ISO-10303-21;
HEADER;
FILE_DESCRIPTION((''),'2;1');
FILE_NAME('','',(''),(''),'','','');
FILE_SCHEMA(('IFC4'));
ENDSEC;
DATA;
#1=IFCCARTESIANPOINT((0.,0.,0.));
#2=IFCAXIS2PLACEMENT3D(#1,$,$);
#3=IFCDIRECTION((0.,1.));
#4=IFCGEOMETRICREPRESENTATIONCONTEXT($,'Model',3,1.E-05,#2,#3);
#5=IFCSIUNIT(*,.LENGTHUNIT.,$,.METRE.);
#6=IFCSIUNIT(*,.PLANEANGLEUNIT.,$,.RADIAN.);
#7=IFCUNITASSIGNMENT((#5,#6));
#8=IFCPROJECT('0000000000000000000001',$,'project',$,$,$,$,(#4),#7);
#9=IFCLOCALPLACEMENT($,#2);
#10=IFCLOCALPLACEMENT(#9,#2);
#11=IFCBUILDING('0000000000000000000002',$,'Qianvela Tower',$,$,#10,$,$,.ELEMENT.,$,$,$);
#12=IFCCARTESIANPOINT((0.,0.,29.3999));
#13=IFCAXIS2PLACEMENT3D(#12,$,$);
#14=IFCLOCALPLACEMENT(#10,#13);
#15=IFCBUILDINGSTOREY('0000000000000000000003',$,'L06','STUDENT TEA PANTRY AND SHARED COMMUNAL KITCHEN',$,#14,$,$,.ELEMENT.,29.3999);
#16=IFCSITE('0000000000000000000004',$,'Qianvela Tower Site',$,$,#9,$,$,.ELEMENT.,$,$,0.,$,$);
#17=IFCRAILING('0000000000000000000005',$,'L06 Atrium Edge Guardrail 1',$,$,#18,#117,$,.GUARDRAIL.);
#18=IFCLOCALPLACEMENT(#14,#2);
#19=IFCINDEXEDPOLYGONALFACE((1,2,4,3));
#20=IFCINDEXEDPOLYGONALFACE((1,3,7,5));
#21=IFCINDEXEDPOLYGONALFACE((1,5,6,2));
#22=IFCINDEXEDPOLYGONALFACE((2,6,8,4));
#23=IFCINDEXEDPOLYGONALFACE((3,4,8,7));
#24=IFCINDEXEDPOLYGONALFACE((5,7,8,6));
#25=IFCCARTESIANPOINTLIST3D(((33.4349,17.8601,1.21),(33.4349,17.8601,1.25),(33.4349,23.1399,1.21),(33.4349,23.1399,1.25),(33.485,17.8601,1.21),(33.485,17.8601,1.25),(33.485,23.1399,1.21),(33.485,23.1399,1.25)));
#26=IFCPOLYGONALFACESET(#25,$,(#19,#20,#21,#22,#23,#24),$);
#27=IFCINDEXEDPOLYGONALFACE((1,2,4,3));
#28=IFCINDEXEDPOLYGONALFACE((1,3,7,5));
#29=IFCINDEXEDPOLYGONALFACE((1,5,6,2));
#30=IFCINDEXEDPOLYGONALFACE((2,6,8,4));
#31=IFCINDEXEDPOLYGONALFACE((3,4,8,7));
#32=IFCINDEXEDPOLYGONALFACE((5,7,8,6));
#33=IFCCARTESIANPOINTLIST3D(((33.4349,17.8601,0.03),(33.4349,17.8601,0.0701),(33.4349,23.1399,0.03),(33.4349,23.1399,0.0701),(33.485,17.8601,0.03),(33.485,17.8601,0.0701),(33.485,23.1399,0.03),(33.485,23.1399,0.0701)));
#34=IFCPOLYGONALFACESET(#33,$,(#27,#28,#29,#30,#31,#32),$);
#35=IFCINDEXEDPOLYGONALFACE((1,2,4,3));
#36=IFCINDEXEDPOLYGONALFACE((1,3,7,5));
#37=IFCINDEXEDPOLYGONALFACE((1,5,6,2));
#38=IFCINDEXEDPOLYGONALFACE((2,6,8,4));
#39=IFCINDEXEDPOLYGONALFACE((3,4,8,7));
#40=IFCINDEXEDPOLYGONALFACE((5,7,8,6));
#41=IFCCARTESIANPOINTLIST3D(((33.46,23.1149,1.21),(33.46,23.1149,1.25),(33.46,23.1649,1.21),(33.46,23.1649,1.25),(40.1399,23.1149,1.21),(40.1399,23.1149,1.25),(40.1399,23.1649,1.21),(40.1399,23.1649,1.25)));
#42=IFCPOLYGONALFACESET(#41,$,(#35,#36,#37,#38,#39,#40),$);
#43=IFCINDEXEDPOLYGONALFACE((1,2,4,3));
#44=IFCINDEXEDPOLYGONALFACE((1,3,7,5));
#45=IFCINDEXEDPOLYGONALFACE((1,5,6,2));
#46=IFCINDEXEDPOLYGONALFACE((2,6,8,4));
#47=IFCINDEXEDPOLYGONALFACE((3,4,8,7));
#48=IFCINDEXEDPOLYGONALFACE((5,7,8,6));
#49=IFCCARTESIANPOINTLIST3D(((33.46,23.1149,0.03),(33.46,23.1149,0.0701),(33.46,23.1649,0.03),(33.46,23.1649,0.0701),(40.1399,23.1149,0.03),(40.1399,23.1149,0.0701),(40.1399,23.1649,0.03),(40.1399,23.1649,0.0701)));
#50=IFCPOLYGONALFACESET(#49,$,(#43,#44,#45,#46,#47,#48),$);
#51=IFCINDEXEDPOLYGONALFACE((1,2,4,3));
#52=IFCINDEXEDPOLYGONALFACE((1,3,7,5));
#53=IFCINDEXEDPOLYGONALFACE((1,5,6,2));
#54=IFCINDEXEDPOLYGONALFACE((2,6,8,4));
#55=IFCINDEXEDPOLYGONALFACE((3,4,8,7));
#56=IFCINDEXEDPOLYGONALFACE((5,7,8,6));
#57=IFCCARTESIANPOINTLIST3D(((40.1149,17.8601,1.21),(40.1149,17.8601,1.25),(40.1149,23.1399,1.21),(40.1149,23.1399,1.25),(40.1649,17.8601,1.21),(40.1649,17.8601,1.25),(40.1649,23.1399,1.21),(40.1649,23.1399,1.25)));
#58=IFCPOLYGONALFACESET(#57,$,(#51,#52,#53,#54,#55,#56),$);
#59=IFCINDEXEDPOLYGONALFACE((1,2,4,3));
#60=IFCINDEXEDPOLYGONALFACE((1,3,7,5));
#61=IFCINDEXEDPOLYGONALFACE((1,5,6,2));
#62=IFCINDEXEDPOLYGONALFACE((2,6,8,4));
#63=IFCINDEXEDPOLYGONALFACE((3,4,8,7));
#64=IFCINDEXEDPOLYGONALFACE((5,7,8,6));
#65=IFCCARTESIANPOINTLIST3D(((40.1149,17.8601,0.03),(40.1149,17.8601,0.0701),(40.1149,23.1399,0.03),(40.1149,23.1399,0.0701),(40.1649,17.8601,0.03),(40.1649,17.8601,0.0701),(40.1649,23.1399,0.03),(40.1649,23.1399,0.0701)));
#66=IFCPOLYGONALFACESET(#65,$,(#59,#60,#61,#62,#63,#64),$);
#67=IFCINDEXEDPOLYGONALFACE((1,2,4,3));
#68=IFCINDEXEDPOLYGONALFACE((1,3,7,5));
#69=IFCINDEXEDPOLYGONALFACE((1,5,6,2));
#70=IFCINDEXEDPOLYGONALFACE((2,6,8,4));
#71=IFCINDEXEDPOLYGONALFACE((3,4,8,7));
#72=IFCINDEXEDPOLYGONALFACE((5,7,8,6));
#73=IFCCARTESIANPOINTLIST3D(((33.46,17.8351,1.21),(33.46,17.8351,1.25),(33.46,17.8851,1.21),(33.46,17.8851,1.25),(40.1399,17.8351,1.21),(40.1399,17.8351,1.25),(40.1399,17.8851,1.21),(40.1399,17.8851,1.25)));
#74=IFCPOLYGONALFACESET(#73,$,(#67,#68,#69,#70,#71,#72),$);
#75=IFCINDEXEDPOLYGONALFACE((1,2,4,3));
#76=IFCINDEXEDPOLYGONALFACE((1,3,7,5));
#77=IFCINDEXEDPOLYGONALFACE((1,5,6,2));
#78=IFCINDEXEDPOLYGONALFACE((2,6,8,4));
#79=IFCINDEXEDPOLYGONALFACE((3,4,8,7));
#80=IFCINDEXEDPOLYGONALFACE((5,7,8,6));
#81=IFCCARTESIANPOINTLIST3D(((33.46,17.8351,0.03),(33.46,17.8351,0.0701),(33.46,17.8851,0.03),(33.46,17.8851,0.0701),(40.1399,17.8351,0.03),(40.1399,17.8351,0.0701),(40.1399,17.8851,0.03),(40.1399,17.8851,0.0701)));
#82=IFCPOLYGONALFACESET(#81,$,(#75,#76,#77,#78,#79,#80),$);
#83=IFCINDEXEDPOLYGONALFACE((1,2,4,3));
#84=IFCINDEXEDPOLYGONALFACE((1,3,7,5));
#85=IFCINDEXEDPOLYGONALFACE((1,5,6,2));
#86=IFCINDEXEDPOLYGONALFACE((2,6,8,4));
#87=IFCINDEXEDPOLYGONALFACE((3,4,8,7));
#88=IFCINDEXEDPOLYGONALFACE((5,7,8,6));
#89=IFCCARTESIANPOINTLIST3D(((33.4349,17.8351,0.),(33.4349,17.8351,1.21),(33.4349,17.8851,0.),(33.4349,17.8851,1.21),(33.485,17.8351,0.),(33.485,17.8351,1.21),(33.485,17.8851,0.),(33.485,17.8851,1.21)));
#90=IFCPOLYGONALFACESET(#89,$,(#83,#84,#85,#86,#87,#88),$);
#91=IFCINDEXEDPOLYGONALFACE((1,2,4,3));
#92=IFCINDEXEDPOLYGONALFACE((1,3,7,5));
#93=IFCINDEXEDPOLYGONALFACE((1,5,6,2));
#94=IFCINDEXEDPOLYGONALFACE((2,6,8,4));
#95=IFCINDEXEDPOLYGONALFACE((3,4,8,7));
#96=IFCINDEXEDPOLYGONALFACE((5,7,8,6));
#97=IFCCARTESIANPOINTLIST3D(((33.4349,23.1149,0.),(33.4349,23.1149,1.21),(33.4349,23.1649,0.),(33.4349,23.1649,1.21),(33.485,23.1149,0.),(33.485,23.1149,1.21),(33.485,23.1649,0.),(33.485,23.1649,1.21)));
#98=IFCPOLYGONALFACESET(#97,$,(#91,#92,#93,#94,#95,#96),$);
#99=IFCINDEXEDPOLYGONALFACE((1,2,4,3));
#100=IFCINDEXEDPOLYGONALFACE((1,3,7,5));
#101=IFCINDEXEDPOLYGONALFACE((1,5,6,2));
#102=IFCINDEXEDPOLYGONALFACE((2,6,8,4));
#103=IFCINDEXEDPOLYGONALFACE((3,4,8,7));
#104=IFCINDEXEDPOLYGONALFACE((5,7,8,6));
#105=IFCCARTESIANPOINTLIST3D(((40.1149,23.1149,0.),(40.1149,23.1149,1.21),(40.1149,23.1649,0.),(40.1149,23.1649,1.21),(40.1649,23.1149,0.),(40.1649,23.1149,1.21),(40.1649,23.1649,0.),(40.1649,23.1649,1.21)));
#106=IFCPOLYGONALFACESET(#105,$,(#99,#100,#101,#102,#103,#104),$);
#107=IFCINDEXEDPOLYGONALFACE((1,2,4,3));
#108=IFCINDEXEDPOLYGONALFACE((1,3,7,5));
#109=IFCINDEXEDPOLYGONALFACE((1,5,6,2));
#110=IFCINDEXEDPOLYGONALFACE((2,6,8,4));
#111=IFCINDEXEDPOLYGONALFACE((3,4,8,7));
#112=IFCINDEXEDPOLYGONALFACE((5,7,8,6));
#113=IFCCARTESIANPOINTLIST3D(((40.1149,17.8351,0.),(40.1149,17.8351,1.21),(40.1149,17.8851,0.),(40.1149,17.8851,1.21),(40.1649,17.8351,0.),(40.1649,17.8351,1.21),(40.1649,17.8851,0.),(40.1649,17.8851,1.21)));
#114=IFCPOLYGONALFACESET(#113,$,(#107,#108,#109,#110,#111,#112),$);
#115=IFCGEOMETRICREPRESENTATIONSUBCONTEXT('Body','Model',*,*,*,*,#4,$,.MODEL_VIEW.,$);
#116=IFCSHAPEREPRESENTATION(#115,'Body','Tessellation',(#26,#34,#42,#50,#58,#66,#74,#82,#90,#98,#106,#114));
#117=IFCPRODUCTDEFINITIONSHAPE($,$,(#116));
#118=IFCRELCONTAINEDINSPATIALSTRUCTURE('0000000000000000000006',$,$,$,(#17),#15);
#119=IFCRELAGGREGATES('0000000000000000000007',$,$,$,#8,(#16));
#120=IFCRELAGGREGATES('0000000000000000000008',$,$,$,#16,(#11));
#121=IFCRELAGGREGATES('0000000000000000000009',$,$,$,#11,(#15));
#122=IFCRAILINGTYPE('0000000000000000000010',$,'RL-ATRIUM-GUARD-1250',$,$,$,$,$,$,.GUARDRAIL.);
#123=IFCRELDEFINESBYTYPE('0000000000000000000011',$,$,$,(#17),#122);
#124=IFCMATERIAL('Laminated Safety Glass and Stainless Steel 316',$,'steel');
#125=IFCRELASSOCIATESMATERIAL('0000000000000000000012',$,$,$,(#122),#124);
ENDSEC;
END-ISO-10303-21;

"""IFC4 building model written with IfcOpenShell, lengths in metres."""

from ifc_helpers import new_model, si_unit, direction, frame, origin, origin_2d, place, context, subcontext, project, spatial, rectangle, extrude, material, type_object, element, save


model = new_model("IFC4")

# Units and contexts
model_context = context("Model", 3, precision=1e-05, world=origin(), true_north=direction((0.0, 1.0)))
body_context = subcontext(model_context, "Body", "Model", "MODEL_VIEW")
ifc_project = project(units=[si_unit("LENGTHUNIT", "METRE"), si_unit("PLANEANGLEUNIT", "RADIAN")], contexts=[model_context])

# Site, building, storey
site_placement = place(None, origin())
site = spatial("IfcSite", under=ifc_project, at=site_placement, Name="Qianvela Tower Site", CompositionType="ELEMENT", RefElevation=0.0)
building_placement = place(site_placement, origin())
building = spatial("IfcBuilding", under=site, at=building_placement, Name="Qianvela Tower", CompositionType="ELEMENT")
storey_placement = place(building_placement, frame((0.0, 0.0, 29.3999)))
storey = spatial("IfcBuildingStorey", under=building, at=storey_placement, Name="L06", Description="STUDENT TEA PANTRY AND SHARED COMMUNAL KITCHEN", CompositionType="ELEMENT", Elevation=29.3999)

# Railing
ifc_material_1 = material(Name="Laminated Safety Glass and Stainless Steel 316", Category="steel")
railing_type = type_object("IfcRailingType", Name="RL-ATRIUM-GUARD-1250", PredefinedType="GUARDRAIL", material=ifc_material_1)
railing_placement = place(storey_placement, frame((33.46, 17.8601, 0.0)))
element("IfcRailing", 1, at=railing_placement, inside=storey, type_object=railing_type, Name="L06 Atrium Edge Guardrail 1", PredefinedType="GUARDRAIL", context=body_context, shape_type="SweptSolid", body=[
    extrude(rectangle(XDim=0.05, YDim=0.04, at=origin_2d()), frame((0.0, 0.0, 1.23), z_axis=(0.0, 1.0, 0.0), x_axis=(-1.0, 0.0, 0.0)), (0.0, 0.0, 1.0), 5.2798),
    extrude(rectangle(XDim=0.05, YDim=0.04, at=origin_2d()), frame((0.0, 0.0, 0.05), z_axis=(0.0, 1.0, 0.0), x_axis=(-1.0, 0.0, 0.0)), (0.0, 0.0, 1.0), 5.2798),
    extrude(rectangle(XDim=0.05, YDim=0.04, at=origin_2d()), frame((0.0, 5.2798, 1.23), z_axis=(1.0, 0.0, 0.0), x_axis=(0.0, 1.0, 0.0)), (0.0, 0.0, 1.0), 6.6799),
    extrude(rectangle(XDim=0.05, YDim=0.04, at=origin_2d()), frame((0.0, 5.2798, 0.05), z_axis=(1.0, 0.0, 0.0), x_axis=(0.0, 1.0, 0.0)), (0.0, 0.0, 1.0), 6.6799),
    extrude(rectangle(XDim=0.05, YDim=0.04, at=origin_2d()), frame((6.6799, 5.2798, 1.23), z_axis=(0.0, -1.0, 0.0), x_axis=(1.0, 0.0, 0.0)), (0.0, 0.0, 1.0), 5.2798),
    extrude(rectangle(XDim=0.05, YDim=0.04, at=origin_2d()), frame((6.6799, 5.2798, 0.05), z_axis=(0.0, -1.0, 0.0), x_axis=(1.0, 0.0, 0.0)), (0.0, 0.0, 1.0), 5.2798),
    extrude(rectangle(XDim=0.05, YDim=0.04, at=origin_2d()), frame((6.6799, 0.0, 1.23), z_axis=(-1.0, 0.0, 0.0), x_axis=(0.0, -1.0, 0.0)), (0.0, 0.0, 1.0), 6.6799),
    extrude(rectangle(XDim=0.05, YDim=0.04, at=origin_2d()), frame((6.6799, 0.0, 0.05), z_axis=(-1.0, 0.0, 0.0), x_axis=(0.0, -1.0, 0.0)), (0.0, 0.0, 1.0), 6.6799),
    extrude(rectangle(XDim=0.05, YDim=0.05, at=origin_2d()), origin(), (0.0, 0.0, 1.0), 1.21),
    extrude(rectangle(XDim=0.05, YDim=0.05, at=origin_2d()), frame((0.0, 5.2798, 0.0)), (0.0, 0.0, 1.0), 1.21),
    extrude(rectangle(XDim=0.05, YDim=0.05, at=origin_2d()), frame((6.6799, 5.2798, 0.0)), (0.0, 0.0, 1.0), 1.21),
    extrude(rectangle(XDim=0.05, YDim=0.05, at=origin_2d()), frame((6.6799, 0.0, 0.0)), (0.0, 0.0, 1.0), 1.21),
])

save(model, "model.ifc")
